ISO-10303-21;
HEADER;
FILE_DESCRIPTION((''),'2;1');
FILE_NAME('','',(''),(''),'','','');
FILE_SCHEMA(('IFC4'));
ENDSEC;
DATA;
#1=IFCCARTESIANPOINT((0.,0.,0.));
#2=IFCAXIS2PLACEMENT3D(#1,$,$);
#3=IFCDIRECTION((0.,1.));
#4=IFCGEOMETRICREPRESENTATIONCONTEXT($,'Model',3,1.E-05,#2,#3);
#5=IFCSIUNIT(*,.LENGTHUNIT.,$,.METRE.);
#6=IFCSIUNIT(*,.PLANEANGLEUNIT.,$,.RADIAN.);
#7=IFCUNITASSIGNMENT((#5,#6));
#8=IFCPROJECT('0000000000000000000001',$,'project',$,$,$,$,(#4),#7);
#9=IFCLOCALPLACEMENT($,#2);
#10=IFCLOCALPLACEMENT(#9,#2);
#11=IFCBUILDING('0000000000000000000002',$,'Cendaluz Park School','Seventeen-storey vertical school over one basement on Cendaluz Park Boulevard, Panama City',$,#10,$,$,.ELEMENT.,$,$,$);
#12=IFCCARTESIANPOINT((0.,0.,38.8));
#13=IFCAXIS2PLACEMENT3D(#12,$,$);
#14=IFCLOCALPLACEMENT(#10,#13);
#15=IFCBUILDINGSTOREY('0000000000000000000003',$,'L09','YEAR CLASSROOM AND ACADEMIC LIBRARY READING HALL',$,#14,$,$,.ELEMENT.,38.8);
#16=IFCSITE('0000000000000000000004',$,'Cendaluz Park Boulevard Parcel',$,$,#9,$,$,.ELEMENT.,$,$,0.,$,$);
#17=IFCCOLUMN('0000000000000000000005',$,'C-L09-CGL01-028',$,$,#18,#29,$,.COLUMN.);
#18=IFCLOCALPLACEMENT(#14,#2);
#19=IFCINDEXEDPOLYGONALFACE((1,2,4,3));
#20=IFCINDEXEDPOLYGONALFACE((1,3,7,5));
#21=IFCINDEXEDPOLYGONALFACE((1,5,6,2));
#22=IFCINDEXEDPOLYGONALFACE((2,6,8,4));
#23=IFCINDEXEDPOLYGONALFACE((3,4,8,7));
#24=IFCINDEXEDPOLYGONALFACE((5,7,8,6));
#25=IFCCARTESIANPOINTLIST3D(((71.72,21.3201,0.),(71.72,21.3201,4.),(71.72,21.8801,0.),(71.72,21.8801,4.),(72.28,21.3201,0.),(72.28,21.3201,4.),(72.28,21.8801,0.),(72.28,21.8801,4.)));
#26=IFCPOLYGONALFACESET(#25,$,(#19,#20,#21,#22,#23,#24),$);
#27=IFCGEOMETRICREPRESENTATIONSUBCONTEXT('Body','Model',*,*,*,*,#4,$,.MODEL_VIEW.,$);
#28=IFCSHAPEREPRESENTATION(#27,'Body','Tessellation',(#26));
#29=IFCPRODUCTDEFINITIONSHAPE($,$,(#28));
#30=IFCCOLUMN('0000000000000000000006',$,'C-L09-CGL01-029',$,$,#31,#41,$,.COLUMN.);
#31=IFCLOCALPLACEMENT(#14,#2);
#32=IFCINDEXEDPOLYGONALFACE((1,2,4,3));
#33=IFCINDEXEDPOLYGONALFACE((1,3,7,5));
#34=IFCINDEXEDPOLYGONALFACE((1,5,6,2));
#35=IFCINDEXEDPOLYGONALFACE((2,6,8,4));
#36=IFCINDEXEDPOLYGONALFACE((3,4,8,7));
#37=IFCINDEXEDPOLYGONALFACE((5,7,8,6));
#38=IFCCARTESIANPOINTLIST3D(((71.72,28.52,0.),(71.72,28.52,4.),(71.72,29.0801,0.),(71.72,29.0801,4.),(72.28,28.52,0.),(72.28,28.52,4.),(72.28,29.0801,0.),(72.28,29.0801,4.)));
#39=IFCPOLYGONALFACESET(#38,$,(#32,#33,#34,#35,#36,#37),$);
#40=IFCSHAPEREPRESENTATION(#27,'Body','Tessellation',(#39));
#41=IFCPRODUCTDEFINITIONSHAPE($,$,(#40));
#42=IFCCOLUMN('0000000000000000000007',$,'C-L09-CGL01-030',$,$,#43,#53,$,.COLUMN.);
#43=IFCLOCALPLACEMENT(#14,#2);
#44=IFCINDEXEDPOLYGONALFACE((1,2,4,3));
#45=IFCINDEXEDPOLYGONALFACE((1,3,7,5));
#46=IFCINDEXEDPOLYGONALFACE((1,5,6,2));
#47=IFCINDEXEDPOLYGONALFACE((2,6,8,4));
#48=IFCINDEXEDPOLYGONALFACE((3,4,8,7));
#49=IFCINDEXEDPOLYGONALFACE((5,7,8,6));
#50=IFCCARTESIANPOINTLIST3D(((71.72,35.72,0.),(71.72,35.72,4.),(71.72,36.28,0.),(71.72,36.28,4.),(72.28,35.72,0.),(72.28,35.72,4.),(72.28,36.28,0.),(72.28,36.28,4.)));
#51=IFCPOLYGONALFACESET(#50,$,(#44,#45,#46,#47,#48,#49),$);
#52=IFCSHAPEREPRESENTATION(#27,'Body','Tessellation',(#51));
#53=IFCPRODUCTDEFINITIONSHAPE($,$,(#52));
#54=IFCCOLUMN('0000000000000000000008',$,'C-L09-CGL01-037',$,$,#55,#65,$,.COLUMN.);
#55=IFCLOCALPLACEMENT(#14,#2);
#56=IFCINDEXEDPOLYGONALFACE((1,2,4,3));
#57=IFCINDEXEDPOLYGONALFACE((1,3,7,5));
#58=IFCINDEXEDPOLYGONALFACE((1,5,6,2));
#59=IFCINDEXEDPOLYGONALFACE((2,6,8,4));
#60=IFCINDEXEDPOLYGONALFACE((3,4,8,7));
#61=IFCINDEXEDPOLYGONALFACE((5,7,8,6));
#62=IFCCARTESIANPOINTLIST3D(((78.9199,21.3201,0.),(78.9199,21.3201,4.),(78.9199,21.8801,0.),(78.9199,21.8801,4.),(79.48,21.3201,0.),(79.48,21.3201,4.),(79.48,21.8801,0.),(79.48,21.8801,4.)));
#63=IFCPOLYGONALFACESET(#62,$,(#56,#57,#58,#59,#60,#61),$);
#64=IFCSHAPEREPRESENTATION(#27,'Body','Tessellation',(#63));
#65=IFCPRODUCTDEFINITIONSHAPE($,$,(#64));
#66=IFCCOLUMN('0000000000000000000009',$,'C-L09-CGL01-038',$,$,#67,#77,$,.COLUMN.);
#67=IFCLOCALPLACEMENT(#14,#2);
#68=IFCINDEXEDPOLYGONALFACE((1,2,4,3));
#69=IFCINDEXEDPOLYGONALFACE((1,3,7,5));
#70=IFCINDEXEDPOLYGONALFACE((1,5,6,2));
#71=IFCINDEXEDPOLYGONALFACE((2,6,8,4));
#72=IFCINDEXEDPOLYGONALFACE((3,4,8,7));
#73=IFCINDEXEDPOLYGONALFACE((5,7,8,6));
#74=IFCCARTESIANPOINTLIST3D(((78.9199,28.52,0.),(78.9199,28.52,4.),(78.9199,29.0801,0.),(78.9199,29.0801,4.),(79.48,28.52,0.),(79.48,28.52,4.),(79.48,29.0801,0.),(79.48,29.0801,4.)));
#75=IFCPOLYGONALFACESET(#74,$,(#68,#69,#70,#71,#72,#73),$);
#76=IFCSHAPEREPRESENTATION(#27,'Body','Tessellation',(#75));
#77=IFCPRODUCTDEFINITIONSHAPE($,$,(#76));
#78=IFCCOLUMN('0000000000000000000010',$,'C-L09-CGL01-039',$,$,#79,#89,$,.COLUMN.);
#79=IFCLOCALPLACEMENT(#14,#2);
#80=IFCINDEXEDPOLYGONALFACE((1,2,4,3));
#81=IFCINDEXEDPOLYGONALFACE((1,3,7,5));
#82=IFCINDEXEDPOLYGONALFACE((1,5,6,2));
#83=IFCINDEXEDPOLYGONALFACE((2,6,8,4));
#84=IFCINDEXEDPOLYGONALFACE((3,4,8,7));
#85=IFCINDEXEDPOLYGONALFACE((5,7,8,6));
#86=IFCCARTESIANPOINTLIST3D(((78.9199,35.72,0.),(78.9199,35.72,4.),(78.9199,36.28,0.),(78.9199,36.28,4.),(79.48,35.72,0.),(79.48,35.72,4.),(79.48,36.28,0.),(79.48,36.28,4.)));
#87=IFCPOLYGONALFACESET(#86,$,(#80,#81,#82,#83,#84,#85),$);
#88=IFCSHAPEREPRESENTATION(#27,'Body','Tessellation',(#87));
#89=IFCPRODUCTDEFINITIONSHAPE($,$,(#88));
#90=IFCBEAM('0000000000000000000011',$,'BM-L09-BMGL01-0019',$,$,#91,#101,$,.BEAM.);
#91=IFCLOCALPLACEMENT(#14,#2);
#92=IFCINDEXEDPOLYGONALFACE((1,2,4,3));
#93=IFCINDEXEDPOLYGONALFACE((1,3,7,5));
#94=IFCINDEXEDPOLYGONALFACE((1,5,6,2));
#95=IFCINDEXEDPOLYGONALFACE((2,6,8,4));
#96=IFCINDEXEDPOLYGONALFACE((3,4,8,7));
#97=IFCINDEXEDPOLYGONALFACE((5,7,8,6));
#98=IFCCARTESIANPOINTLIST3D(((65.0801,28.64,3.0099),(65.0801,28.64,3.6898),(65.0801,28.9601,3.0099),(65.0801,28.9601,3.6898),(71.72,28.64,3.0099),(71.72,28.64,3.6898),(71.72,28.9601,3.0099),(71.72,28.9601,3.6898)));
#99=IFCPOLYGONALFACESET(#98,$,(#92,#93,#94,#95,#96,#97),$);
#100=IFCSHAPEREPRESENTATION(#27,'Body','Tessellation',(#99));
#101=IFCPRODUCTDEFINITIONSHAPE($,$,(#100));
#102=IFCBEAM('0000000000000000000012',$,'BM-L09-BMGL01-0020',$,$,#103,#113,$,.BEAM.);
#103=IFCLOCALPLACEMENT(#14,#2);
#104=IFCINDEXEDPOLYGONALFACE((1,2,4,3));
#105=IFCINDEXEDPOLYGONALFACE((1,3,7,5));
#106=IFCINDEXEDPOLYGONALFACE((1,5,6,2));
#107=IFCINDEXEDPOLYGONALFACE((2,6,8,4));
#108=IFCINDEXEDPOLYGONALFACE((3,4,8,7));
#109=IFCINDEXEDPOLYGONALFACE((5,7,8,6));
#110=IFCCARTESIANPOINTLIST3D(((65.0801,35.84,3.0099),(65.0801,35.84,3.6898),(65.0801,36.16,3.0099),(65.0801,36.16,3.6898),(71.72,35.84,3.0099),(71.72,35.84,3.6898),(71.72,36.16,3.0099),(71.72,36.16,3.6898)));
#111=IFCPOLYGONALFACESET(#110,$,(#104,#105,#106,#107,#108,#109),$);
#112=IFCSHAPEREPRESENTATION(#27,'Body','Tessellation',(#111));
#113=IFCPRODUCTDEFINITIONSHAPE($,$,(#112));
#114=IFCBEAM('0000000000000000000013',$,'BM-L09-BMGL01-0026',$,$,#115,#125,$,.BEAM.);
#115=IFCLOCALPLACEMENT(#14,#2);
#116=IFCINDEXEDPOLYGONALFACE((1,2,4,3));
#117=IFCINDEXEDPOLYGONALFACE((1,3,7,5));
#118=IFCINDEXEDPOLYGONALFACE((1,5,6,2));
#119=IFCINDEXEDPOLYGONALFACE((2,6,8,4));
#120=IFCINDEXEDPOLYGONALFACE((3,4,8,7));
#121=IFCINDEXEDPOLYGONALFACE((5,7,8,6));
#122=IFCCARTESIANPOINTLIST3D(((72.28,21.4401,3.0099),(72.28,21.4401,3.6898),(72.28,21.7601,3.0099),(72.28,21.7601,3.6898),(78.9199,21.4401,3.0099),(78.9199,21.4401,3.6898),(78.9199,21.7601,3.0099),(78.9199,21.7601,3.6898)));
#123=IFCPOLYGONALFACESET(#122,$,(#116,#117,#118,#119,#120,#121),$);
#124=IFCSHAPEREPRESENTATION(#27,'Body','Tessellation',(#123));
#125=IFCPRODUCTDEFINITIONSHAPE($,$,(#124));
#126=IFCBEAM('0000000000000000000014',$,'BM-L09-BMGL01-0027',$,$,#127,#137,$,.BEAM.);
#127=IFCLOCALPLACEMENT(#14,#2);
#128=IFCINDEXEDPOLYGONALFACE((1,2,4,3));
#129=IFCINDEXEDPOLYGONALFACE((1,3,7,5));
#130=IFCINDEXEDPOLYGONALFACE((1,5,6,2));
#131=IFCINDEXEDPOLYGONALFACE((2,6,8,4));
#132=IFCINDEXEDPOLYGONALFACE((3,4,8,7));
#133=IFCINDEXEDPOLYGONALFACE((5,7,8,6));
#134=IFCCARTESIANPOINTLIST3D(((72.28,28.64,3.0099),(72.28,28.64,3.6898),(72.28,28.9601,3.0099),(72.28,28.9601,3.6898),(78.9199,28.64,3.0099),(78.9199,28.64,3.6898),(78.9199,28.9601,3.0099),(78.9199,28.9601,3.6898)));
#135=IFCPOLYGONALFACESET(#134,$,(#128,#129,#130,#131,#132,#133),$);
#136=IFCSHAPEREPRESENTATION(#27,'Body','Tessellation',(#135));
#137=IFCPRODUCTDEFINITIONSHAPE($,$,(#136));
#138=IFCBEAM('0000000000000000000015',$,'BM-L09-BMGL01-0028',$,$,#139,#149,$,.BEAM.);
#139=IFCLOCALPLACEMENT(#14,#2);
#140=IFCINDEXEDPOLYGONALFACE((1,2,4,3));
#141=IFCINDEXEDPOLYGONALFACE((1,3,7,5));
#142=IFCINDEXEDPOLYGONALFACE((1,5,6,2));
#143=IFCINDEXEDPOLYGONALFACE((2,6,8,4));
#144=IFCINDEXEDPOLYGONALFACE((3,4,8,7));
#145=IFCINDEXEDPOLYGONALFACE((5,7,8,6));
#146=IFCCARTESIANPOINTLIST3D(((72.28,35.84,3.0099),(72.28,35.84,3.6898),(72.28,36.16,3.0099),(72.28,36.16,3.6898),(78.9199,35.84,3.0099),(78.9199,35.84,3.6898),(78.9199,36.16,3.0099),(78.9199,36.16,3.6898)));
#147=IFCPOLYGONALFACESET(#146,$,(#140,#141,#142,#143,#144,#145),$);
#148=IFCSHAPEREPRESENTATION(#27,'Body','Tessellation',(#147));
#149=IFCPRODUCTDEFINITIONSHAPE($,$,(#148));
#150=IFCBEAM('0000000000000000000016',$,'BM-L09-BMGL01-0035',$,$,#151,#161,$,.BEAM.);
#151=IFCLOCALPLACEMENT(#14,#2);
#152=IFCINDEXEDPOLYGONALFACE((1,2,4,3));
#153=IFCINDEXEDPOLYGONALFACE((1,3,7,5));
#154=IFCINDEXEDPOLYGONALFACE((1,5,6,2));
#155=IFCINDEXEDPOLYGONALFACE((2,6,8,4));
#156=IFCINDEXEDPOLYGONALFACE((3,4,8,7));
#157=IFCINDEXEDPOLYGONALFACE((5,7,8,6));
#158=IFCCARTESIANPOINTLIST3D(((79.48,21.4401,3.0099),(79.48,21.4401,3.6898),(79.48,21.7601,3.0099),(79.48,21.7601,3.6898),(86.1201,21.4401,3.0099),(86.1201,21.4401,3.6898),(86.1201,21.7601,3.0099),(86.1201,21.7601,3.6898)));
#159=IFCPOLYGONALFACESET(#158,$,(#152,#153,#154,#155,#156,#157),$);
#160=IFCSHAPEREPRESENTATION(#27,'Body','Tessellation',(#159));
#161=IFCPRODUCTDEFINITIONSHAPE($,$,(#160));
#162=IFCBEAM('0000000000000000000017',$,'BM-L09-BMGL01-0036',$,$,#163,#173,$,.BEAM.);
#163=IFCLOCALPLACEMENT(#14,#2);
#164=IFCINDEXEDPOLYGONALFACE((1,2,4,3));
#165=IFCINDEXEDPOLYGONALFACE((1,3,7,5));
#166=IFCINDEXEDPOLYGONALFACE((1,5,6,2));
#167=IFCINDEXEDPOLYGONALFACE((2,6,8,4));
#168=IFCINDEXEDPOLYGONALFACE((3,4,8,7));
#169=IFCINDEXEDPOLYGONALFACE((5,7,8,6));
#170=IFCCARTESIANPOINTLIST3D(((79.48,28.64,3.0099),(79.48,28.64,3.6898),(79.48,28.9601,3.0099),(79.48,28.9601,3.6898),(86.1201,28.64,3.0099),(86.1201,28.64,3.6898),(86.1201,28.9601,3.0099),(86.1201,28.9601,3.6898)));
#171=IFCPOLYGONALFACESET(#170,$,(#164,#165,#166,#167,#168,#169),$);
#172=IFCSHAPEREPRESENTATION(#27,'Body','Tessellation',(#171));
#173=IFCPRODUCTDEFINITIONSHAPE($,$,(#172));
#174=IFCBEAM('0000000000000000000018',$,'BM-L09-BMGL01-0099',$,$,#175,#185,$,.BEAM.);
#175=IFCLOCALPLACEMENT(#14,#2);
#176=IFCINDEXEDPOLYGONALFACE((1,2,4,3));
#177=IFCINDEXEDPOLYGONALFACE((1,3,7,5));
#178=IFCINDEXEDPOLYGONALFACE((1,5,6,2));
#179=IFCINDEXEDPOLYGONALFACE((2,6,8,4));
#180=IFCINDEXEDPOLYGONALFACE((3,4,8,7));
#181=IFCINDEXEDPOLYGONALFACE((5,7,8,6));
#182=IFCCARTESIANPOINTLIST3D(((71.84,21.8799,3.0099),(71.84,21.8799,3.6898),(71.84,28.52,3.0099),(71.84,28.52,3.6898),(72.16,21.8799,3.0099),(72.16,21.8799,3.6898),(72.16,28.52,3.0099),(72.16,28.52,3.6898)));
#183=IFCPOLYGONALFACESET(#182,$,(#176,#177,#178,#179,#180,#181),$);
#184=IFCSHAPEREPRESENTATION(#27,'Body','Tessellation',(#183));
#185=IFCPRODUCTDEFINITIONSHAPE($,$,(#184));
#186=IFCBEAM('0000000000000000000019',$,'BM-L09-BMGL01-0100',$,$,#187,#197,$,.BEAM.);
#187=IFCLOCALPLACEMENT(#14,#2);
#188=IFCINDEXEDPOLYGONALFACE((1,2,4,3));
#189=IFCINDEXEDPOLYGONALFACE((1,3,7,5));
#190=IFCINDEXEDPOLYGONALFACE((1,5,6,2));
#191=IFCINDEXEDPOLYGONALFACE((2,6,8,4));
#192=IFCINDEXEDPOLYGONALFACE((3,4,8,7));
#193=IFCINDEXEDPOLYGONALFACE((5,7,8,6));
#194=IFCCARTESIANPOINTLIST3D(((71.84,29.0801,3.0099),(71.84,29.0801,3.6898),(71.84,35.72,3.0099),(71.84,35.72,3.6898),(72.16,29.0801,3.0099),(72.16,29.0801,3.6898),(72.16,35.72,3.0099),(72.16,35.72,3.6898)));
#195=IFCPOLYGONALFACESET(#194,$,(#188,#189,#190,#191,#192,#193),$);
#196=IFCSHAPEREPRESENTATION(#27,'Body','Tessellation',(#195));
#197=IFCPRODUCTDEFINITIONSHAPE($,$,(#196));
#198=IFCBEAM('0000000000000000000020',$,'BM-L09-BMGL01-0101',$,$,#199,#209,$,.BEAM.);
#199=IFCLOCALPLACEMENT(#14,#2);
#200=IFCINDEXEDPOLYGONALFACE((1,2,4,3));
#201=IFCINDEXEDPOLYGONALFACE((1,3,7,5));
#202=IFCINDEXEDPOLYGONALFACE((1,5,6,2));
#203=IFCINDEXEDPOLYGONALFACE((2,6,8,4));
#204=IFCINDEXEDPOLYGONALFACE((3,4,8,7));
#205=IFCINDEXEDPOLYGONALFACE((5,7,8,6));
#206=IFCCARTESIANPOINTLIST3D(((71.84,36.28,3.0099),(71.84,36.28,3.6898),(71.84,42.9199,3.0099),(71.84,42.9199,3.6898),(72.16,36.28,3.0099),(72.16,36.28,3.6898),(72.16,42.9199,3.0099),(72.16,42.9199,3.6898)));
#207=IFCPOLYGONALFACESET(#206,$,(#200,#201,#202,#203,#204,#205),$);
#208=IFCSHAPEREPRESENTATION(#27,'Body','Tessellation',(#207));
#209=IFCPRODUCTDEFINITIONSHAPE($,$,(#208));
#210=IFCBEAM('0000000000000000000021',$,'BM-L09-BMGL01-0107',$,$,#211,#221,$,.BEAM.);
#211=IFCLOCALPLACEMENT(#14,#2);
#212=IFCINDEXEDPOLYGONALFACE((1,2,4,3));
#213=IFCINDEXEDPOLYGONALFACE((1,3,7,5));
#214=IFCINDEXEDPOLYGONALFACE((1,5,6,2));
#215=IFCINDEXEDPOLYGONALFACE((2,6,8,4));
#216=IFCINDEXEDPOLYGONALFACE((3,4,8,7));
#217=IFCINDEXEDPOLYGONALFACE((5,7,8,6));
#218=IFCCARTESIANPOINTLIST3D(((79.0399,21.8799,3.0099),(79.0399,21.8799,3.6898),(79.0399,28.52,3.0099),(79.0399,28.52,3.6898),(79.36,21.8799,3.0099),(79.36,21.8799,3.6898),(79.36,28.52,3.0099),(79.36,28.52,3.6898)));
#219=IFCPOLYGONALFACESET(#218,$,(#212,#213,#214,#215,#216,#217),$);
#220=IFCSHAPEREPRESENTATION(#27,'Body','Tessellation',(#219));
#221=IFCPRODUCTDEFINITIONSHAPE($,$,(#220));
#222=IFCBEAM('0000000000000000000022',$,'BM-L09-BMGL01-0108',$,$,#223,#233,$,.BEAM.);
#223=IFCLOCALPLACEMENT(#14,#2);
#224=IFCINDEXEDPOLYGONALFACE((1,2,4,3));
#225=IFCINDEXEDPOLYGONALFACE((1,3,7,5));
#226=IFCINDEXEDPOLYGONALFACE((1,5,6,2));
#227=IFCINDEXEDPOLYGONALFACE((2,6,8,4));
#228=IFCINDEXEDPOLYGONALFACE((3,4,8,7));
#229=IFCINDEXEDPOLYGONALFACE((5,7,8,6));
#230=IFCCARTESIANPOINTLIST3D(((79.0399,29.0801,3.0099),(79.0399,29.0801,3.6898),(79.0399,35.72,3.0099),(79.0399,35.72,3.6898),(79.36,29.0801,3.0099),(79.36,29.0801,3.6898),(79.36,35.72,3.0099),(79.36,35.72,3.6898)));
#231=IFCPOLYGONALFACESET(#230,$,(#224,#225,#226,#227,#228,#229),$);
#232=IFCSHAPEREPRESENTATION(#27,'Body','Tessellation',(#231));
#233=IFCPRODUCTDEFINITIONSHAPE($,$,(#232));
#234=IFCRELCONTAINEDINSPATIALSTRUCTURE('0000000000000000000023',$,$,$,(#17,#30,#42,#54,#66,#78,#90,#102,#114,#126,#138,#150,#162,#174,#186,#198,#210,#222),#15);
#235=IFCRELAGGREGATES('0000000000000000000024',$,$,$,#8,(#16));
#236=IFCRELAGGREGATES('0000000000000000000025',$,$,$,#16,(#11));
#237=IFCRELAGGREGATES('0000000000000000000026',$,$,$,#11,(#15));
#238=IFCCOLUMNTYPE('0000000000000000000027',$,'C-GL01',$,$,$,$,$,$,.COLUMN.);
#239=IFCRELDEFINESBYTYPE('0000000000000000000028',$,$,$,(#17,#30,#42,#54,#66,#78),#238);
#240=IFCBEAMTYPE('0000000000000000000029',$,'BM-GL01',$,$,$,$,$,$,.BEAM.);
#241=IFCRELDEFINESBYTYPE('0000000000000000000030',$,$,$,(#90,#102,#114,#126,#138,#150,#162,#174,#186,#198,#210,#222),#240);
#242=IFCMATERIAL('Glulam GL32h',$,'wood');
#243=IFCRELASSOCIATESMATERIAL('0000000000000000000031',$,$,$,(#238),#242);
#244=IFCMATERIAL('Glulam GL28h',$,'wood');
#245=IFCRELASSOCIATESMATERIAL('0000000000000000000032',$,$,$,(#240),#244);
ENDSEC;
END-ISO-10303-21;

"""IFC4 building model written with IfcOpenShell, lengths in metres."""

from ifc_helpers import new_model, si_unit, direction, frame, origin, origin_2d, place, context, subcontext, project, spatial, rectangle, extrude, material, material_profile, profile_set, type_object, element, save


model = new_model("IFC4")

# Units and contexts
model_context = context("Model", 3, precision=1e-05, world=origin(), true_north=direction((0.0, 1.0)))
body_context = subcontext(model_context, "Body", "Model", "MODEL_VIEW")
ifc_project = project(units=[si_unit("LENGTHUNIT", "METRE"), si_unit("PLANEANGLEUNIT", "RADIAN")], contexts=[model_context])

# Site, building, storey
site_placement = place(None, origin())
site = spatial("IfcSite", under=ifc_project, at=site_placement, Name="Cendaluz Park Boulevard Parcel", CompositionType="ELEMENT", RefElevation=0.0)
building_placement = place(site_placement, origin())
building = spatial("IfcBuilding", under=site, at=building_placement, Name="Cendaluz Park School", Description="Seventeen-storey vertical school over one basement on Cendaluz Park Boulevard, Panama City", CompositionType="ELEMENT")
storey_placement = place(building_placement, frame((0.0, 0.0, 38.8)))
storey = spatial("IfcBuildingStorey", under=building, at=storey_placement, Name="L09", Description="YEAR CLASSROOM AND ACADEMIC LIBRARY READING HALL", CompositionType="ELEMENT", Elevation=38.8)

# Columns
ifc_material_1 = material(Name="Glulam GL32h", Category="wood")
ifc_material_profile_1 = material_profile(ifc_material_1, rectangle(XDim=0.5601, YDim=0.5601, at=origin_2d()), Name="GL32h 560x560", Category="wood")
ifc_profile_set_1 = profile_set([ifc_material_profile_1], Name="Glulam GL32h")
column_type = type_object("IfcColumnType", Name="C-GL01", PredefinedType="COLUMN", material=ifc_profile_set_1)
for number, where, z_axis, x_axis, name in (
    (1, (72.0, 21.6001, 0.0), (0.0, 0.0, 1.0), (1.0, 0.0, 0.0), "C-L09-CGL01-028"),
    (2, (72.0, 28.8, 0.0), (0.0, 0.0, 1.0), (1.0, 0.0, 0.0), "C-L09-CGL01-029"),
    (3, (72.0, 36.0, 0.0), (0.0, 0.0, 1.0), (1.0, 0.0, 0.0), "C-L09-CGL01-030"),
    (4, (79.2, 21.6001, 0.0), (0.0, 0.0, 1.0), (1.0, 0.0, 0.0), "C-L09-CGL01-037"),
    (5, (79.2, 28.8, 0.0), (0.0, 0.0, 1.0), (1.0, 0.0, 0.0), "C-L09-CGL01-038"),
    (6, (79.2, 36.0, 0.0), (0.0, 0.0, 1.0), (1.0, 0.0, 0.0), "C-L09-CGL01-039"),
):
    element("IfcColumn", number, at=place(storey_placement, frame(where, z_axis=z_axis, x_axis=x_axis)), inside=storey, type_object=column_type, Name=name, PredefinedType="COLUMN", context=body_context, shape_type="SweptSolid", body=[
        extrude(rectangle(XDim=0.5601, YDim=0.5601, at=origin_2d()), origin(), (0.0, 0.0, 1.0), 4.0),
    ])

# Beams
ifc_material_2 = material(Name="Glulam GL28h", Category="wood")
ifc_material_profile_2 = material_profile(ifc_material_2, rectangle(XDim=0.3201, YDim=0.6799, at=origin_2d()), Name="GL28h 320x680", Category="wood")
ifc_profile_set_2 = profile_set([ifc_material_profile_2], Name="Glulam GL28h")
beam_type = type_object("IfcBeamType", Name="BM-GL01", PredefinedType="BEAM", material=ifc_profile_set_2)
for number, where, z_axis, x_axis, name in (
    (7, (65.0801, 28.8, 3.3499), (1.0, 0.0, 0.0), (0.0, 1.0, 0.0), "BM-L09-BMGL01-0019"),
    (8, (65.0801, 36.0, 3.3499), (1.0, 0.0, 0.0), (0.0, 1.0, 0.0), "BM-L09-BMGL01-0020"),
    (9, (72.28, 21.6001, 3.3499), (1.0, 0.0, 0.0), (0.0, 1.0, 0.0), "BM-L09-BMGL01-0026"),
    (10, (72.28, 28.8, 3.3499), (1.0, 0.0, 0.0), (0.0, 1.0, 0.0), "BM-L09-BMGL01-0027"),
    (11, (72.28, 36.0, 3.3499), (1.0, 0.0, 0.0), (0.0, 1.0, 0.0), "BM-L09-BMGL01-0028"),
):
    element("IfcBeam", number, at=place(storey_placement, frame(where, z_axis=z_axis, x_axis=x_axis)), inside=storey, type_object=beam_type, Name=name, PredefinedType="BEAM", context=body_context, shape_type="SweptSolid", body=[
        extrude(rectangle(XDim=0.3201, YDim=0.6799, at=origin_2d()), origin(), (0.0, 0.0, 1.0), 6.6399),
    ])
for number, where, z_axis, x_axis, name in (
    (12, (79.48, 21.6001, 3.3499), (1.0, 0.0, 0.0), (0.0, 1.0, 0.0), "BM-L09-BMGL01-0035"),
    (13, (79.48, 28.8, 3.3499), (1.0, 0.0, 0.0), (0.0, 1.0, 0.0), "BM-L09-BMGL01-0036"),
    (14, (72.0, 21.8799, 3.3499), (0.0, 1.0, 0.0), (-1.0, 0.0, 0.0), "BM-L09-BMGL01-0099"),
):
    element("IfcBeam", number, at=place(storey_placement, frame(where, z_axis=z_axis, x_axis=x_axis)), inside=storey, type_object=beam_type, Name=name, PredefinedType="BEAM", context=body_context, shape_type="SweptSolid", body=[
        extrude(rectangle(XDim=0.3201, YDim=0.6799, at=origin_2d()), origin(), (0.0, 0.0, 1.0), 6.6401),
    ])
for number, where, z_axis, x_axis, name in (
    (15, (72.0, 29.0801, 3.3499), (0.0, 1.0, 0.0), (-1.0, 0.0, 0.0), "BM-L09-BMGL01-0100"),
    (16, (72.0, 36.28, 3.3499), (0.0, 1.0, 0.0), (-1.0, 0.0, 0.0), "BM-L09-BMGL01-0101"),
):
    element("IfcBeam", number, at=place(storey_placement, frame(where, z_axis=z_axis, x_axis=x_axis)), inside=storey, type_object=beam_type, Name=name, PredefinedType="BEAM", context=body_context, shape_type="SweptSolid", body=[
        extrude(rectangle(XDim=0.3201, YDim=0.6799, at=origin_2d()), origin(), (0.0, 0.0, 1.0), 6.6399),
    ])
beam_1_placement = place(storey_placement, frame((79.2, 21.8799, 3.3499), z_axis=(0.0, 1.0, 0.0), x_axis=(-1.0, 0.0, 0.0)))
element("IfcBeam", 17, at=beam_1_placement, inside=storey, type_object=beam_type, Name="BM-L09-BMGL01-0107", PredefinedType="BEAM", context=body_context, shape_type="SweptSolid", body=[
    extrude(rectangle(XDim=0.3201, YDim=0.6799, at=origin_2d()), origin(), (0.0, 0.0, 1.0), 6.6401),
])
beam_2_placement = place(storey_placement, frame((79.2, 29.0801, 3.3499), z_axis=(0.0, 1.0, 0.0), x_axis=(-1.0, 0.0, 0.0)))
element("IfcBeam", 18, at=beam_2_placement, inside=storey, type_object=beam_type, Name="BM-L09-BMGL01-0108", PredefinedType="BEAM", context=body_context, shape_type="SweptSolid", body=[
    extrude(rectangle(XDim=0.3201, YDim=0.6799, at=origin_2d()), origin(), (0.0, 0.0, 1.0), 6.6399),
])

save(model, "model.ifc")
